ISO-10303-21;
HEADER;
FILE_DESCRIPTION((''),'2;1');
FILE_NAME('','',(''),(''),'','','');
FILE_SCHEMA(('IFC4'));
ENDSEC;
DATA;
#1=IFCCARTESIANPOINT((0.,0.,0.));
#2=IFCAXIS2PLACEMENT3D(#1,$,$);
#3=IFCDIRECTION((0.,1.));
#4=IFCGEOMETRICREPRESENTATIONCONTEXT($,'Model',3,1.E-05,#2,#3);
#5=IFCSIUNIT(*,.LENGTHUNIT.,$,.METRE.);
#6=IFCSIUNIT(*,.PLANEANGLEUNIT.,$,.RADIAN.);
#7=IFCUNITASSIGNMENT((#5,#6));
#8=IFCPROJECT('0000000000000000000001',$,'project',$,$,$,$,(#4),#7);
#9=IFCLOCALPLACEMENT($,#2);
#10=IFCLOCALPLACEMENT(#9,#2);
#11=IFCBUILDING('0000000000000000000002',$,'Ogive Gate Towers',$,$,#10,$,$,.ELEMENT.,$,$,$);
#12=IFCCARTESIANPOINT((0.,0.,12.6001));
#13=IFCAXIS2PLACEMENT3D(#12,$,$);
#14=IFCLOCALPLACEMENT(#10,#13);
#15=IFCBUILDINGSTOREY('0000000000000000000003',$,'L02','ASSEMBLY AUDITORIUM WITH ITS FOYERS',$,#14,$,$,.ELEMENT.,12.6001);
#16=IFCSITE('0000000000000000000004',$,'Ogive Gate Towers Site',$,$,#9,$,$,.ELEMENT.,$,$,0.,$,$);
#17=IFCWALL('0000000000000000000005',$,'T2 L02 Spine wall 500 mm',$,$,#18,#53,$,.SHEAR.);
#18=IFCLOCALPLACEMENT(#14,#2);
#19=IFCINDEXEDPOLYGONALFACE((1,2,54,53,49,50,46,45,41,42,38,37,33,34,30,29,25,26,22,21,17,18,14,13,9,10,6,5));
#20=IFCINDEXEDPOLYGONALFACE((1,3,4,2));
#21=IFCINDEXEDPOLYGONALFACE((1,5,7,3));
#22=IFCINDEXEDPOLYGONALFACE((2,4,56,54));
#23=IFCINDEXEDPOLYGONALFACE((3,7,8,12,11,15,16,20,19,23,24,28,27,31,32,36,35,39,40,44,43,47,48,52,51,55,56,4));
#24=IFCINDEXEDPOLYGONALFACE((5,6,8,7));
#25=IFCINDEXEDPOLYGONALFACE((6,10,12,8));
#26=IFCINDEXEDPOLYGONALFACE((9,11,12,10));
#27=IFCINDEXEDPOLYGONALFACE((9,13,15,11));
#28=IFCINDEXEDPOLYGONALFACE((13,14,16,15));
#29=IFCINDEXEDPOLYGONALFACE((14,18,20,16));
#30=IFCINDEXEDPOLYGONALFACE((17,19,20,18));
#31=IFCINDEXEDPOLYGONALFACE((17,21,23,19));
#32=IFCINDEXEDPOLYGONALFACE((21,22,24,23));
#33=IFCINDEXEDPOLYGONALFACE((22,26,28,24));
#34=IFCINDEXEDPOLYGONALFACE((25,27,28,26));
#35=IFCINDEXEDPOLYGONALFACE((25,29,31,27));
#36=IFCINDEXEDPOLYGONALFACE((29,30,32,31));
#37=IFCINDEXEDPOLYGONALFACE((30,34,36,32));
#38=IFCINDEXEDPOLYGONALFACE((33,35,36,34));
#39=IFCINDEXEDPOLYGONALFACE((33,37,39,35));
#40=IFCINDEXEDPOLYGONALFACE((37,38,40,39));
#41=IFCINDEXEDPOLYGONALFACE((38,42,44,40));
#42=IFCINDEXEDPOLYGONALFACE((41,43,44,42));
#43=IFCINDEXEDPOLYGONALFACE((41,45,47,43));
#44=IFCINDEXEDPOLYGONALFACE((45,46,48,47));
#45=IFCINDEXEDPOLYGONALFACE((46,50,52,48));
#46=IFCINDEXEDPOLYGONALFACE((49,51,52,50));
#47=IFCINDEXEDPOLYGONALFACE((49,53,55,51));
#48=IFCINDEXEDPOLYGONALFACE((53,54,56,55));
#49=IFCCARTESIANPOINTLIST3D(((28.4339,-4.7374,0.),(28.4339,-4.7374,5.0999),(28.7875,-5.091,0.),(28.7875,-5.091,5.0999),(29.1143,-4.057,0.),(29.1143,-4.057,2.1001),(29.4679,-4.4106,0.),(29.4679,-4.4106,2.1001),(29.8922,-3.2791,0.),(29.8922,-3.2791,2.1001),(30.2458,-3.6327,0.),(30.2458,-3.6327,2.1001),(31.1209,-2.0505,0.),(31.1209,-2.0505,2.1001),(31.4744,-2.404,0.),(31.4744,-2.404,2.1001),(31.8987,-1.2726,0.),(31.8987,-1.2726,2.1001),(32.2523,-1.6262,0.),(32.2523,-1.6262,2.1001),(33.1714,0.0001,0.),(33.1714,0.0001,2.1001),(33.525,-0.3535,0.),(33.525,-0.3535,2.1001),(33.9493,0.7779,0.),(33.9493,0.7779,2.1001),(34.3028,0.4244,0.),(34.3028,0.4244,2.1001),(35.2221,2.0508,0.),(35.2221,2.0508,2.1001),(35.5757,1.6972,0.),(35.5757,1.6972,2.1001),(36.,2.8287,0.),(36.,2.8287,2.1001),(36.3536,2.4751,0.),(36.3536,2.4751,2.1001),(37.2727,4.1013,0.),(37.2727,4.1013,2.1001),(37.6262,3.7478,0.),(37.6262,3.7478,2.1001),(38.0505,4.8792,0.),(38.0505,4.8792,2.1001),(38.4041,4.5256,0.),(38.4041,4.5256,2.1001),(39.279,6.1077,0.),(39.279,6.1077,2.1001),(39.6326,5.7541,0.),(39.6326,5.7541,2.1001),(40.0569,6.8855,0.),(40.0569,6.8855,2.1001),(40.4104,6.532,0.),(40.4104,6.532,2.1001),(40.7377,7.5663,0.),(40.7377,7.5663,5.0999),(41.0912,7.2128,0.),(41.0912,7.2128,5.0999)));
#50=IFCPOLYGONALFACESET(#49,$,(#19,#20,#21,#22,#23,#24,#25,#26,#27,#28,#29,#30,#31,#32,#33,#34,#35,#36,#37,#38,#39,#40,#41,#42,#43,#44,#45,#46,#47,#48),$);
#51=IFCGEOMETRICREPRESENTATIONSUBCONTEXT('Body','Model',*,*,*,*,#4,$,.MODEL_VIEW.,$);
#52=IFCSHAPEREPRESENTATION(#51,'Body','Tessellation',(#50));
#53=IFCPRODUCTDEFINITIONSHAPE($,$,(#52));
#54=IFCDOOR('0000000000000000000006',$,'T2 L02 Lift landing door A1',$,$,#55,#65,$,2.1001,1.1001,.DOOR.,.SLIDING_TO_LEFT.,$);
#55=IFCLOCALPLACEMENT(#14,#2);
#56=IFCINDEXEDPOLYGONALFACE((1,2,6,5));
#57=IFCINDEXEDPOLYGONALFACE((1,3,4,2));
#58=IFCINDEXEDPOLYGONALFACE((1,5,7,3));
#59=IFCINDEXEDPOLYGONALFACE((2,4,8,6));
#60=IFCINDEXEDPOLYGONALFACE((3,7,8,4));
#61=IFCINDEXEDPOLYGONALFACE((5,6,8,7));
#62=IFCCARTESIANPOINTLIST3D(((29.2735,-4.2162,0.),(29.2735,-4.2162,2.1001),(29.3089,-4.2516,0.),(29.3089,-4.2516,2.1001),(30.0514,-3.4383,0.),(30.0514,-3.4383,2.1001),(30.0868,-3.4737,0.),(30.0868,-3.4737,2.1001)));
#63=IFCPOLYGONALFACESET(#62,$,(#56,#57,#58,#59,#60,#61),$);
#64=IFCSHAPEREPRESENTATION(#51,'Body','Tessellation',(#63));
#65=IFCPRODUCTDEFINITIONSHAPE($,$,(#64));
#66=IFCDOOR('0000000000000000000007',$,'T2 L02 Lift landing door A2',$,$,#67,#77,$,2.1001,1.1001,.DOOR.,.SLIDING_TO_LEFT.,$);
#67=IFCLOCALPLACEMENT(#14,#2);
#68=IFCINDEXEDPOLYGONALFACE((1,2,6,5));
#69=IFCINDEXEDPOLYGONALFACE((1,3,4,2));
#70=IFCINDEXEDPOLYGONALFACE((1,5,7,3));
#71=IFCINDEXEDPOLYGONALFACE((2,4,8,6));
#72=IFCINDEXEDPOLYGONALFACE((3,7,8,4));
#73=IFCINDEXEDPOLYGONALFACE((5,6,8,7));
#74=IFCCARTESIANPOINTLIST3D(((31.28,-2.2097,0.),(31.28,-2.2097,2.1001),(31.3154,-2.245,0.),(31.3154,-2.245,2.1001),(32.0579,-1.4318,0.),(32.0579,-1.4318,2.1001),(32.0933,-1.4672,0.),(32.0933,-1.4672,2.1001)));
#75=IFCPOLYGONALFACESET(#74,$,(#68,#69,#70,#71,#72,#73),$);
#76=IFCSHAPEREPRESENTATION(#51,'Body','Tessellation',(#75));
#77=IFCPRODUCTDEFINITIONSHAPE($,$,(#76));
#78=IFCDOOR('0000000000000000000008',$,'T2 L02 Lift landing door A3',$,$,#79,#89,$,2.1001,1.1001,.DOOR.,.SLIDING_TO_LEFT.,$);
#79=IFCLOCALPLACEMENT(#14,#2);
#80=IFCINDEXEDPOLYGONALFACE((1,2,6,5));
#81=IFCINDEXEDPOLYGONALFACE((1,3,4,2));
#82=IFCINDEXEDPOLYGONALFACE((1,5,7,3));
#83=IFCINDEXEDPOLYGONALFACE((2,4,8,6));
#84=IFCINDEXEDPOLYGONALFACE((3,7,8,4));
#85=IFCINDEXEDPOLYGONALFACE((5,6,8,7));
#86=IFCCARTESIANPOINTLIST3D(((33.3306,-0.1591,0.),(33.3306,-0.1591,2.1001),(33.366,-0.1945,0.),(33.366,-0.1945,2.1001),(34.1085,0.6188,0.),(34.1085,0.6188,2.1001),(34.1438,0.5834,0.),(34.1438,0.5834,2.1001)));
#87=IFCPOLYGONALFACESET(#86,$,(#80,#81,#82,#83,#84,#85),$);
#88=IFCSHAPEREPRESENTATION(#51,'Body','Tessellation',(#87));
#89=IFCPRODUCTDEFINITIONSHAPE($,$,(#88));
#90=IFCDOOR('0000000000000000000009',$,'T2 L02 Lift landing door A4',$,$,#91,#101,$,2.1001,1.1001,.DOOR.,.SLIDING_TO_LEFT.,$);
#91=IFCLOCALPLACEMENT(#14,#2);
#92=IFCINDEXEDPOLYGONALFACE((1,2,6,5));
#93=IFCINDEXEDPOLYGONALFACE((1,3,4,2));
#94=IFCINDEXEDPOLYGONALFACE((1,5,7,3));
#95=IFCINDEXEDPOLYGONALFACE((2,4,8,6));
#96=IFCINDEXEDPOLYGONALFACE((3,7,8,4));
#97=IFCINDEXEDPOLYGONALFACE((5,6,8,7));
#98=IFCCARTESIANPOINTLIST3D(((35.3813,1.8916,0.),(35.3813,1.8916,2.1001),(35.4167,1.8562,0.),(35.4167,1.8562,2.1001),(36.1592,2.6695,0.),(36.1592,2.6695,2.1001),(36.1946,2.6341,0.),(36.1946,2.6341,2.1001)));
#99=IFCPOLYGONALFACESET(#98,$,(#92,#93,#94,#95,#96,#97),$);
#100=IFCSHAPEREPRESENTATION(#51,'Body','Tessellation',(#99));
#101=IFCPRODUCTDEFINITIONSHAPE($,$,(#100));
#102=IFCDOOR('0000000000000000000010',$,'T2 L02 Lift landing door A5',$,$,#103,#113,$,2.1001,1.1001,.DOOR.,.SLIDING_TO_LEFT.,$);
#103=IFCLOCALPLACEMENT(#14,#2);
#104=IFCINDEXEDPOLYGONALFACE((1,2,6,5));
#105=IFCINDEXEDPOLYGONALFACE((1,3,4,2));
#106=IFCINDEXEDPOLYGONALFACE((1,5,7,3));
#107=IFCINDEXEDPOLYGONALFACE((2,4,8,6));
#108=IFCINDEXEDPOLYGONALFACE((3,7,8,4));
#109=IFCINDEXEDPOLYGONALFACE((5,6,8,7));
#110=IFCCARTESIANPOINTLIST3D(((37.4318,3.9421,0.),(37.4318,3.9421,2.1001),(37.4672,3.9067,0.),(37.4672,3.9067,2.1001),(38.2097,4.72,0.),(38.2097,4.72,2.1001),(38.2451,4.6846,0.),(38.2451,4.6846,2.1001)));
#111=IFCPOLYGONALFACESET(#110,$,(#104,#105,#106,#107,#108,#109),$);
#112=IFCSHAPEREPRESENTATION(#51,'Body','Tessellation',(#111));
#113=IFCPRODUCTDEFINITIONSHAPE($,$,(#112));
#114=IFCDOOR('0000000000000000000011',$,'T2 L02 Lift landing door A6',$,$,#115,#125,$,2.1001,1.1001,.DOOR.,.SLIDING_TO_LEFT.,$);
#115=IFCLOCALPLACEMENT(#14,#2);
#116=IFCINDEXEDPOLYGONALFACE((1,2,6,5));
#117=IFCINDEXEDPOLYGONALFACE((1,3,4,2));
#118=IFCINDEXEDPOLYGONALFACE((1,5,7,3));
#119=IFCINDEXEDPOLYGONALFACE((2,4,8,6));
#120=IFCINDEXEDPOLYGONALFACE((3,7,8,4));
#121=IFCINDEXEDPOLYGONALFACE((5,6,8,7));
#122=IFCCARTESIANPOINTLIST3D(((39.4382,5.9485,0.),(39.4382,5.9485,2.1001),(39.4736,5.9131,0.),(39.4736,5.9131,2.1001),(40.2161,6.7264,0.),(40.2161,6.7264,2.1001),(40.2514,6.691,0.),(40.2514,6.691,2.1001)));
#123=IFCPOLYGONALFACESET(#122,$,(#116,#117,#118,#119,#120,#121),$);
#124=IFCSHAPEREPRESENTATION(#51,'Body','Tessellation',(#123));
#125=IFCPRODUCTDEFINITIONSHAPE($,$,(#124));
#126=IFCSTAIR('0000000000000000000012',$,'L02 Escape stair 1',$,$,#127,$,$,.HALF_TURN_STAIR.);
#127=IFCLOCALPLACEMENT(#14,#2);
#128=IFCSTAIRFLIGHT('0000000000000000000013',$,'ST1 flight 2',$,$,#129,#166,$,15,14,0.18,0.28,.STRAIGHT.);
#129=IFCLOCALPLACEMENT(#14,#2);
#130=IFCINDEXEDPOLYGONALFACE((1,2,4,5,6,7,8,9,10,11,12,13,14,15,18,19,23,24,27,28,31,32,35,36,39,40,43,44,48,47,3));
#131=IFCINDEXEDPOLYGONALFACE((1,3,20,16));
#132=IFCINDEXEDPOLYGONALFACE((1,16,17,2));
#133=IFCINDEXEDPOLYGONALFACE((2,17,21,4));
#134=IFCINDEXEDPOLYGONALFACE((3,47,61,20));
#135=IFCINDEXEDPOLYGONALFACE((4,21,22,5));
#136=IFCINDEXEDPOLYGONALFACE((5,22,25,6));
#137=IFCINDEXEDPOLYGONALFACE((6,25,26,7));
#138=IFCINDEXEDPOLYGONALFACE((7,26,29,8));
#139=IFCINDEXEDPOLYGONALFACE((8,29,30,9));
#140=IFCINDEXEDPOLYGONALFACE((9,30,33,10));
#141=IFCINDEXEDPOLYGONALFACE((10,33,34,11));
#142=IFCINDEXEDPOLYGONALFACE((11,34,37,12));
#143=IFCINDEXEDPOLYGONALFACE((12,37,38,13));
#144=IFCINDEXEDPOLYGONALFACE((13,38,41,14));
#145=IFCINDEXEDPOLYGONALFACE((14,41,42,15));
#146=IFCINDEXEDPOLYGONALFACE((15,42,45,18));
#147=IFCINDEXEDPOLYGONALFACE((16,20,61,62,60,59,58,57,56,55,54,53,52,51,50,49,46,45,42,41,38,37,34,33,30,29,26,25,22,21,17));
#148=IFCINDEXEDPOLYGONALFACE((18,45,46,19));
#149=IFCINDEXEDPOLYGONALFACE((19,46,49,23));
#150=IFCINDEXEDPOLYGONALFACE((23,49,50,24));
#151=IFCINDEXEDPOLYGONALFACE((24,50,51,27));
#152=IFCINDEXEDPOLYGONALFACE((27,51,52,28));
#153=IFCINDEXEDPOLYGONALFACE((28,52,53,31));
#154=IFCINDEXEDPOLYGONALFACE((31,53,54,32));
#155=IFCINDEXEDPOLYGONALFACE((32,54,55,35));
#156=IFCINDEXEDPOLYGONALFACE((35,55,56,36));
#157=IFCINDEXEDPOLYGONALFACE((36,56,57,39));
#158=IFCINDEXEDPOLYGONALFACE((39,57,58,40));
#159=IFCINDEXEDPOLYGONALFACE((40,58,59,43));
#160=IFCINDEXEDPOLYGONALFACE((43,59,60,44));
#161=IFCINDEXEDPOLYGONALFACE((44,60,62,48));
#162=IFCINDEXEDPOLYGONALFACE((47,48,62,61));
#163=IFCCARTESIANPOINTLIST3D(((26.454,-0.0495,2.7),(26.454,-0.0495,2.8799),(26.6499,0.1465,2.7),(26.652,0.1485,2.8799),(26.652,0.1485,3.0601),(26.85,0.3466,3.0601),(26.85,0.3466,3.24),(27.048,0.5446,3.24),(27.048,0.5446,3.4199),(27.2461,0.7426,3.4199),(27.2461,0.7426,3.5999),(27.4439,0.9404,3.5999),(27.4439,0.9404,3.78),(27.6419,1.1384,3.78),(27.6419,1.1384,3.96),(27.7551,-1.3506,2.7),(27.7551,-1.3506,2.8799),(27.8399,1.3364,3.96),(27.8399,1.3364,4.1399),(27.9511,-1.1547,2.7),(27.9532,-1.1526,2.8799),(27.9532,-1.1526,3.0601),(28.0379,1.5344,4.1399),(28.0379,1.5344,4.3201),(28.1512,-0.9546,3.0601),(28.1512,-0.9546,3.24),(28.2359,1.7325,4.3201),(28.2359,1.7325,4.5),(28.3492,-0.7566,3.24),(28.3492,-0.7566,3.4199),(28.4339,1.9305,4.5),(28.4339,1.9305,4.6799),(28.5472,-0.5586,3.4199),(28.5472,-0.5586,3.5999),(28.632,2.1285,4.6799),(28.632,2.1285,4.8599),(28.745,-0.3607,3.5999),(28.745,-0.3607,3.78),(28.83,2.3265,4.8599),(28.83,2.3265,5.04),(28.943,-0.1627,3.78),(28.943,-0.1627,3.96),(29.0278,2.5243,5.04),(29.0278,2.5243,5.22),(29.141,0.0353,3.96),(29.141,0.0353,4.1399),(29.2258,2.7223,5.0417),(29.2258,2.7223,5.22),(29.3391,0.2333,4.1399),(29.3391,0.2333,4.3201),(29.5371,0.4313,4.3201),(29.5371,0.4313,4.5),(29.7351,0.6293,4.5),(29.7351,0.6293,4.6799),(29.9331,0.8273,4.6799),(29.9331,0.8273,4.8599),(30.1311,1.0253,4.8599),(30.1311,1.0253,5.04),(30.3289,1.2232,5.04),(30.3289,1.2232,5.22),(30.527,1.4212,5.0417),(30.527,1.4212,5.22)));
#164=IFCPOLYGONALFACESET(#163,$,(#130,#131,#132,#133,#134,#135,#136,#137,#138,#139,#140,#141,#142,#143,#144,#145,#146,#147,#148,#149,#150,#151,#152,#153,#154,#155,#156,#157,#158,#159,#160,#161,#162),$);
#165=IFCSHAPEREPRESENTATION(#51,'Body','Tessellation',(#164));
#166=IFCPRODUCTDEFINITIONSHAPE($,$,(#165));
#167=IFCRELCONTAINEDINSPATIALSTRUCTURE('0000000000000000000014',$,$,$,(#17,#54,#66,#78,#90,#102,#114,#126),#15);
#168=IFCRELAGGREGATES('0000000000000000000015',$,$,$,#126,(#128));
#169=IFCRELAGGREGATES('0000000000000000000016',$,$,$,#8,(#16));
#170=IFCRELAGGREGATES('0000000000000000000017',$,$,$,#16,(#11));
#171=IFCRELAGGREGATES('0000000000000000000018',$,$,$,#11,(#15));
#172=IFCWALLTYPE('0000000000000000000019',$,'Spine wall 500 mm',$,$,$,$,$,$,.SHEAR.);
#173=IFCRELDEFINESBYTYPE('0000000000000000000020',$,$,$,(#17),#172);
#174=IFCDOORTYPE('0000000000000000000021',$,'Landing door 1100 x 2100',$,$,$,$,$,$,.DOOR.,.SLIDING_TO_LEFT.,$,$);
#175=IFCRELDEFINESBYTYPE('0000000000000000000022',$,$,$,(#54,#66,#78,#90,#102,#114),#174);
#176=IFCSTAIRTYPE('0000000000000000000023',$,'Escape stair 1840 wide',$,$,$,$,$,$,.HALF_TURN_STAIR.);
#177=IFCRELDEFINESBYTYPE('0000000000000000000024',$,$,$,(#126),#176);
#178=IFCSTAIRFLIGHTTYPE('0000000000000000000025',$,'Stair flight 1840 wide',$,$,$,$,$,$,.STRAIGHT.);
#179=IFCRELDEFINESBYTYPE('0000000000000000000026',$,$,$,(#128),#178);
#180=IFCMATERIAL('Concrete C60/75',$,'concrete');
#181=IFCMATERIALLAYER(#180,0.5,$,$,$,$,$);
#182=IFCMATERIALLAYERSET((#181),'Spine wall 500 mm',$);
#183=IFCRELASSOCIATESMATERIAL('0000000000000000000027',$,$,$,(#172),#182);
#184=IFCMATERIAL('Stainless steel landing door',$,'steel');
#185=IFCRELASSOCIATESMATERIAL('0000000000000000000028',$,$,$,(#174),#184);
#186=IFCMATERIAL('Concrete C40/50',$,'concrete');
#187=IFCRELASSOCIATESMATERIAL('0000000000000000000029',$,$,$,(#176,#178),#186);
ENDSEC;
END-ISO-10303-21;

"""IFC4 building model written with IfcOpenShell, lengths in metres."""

from ifc_helpers import new_model, si_unit, direction, frame, frame_2d, origin, place, context, subcontext, project, spatial, polyline, rectangle, outline, extrude, material, layer, layer_set, type_object, element, fill, aggregate, save


model = new_model("IFC4")

# Units and contexts
model_context = context("Model", 3, precision=1e-05, world=origin(), true_north=direction((0.0, 1.0)))
body_context = subcontext(model_context, "Body", "Model", "MODEL_VIEW")
ifc_project = project(units=[si_unit("LENGTHUNIT", "METRE"), si_unit("PLANEANGLEUNIT", "RADIAN")], contexts=[model_context])

# Site, building, storey
site_placement = place(None, origin())
site = spatial("IfcSite", under=ifc_project, at=site_placement, Name="Ogive Gate Towers Site", CompositionType="ELEMENT", RefElevation=0.0)
building_placement = place(site_placement, origin())
building = spatial("IfcBuilding", under=site, at=building_placement, Name="Ogive Gate Towers", CompositionType="ELEMENT")
storey_placement = place(building_placement, frame((0.0, 0.0, 12.6001)))
storey = spatial("IfcBuildingStorey", under=building, at=storey_placement, Name="L02", Description="ASSEMBLY AUDITORIUM WITH ITS FOYERS", CompositionType="ELEMENT", Elevation=12.6001)

# Shared definitions
ifc_material_1 = material(Name="Concrete C60/75", Category="concrete")

# Wall, openings, doors
ifc_layer_1 = layer(ifc_material_1, 0.5)
ifc_layer_set_1 = layer_set([ifc_layer_1], Name="Spine wall 500 mm")
wall_type_1 = type_object("IfcWallType", Name="Spine wall 500 mm", PredefinedType="SHEAR", material=ifc_layer_set_1)
ifc_material_2 = material(Name="Stainless steel landing door", Category="steel")
wall_1_placement = place(storey_placement, frame((28.6106, -4.9143, 0.0), z_axis=(0.0, 0.0, 1.0), x_axis=(0.707107, 0.707107, 0.0)))
wall_1 = element("IfcWall", 1, at=wall_1_placement, inside=storey, type_object=wall_type_1, Name="T2 L02 Spine wall 500 mm", PredefinedType="SHEAR", context=body_context, shape_type="SweptSolid", body=[
    extrude(rectangle(XDim=17.4001, YDim=0.5, at=frame_2d((8.7002, 0.0))), origin(), (0.0, 0.0, 1.0), 5.0999),
])
opening_1_placement = place(wall_1_placement, frame((0.9624, 0.0, 0.0)))
opening_1 = element("IfcOpeningElement", 2, at=opening_1_placement, cuts=wall_1, PredefinedType="OPENING", context=body_context, shape_type="SweptSolid", body=[
    extrude(rectangle(XDim=1.1001, YDim=2.1001, at=frame_2d((0.55, 1.05))), frame((0.0, 0.26, 0.0), z_axis=(0.0, -1.0, 0.0), x_axis=(1.0, 0.0, 0.0)), (0.0, 0.0, 1.0), 0.52),
])
opening_2_placement = place(wall_1_placement, frame((3.8, 0.0, 0.0)))
opening_2 = element("IfcOpeningElement", 3, at=opening_2_placement, cuts=wall_1, PredefinedType="OPENING", context=body_context, shape_type="SweptSolid", body=[
    extrude(rectangle(XDim=1.1001, YDim=2.1001, at=frame_2d((0.55, 1.05))), frame((0.0, 0.26, 0.0), z_axis=(0.0, -1.0, 0.0), x_axis=(1.0, 0.0, 0.0)), (0.0, 0.0, 1.0), 0.52),
])
opening_3_placement = place(wall_1_placement, frame((6.7, 0.0, 0.0)))
opening_3 = element("IfcOpeningElement", 4, at=opening_3_placement, cuts=wall_1, PredefinedType="OPENING", context=body_context, shape_type="SweptSolid", body=[
    extrude(rectangle(XDim=1.1001, YDim=2.1001, at=frame_2d((0.55, 1.05))), frame((0.0, 0.26, 0.0), z_axis=(0.0, -1.0, 0.0), x_axis=(1.0, 0.0, 0.0)), (0.0, 0.0, 1.0), 0.52),
])
opening_4_placement = place(wall_1_placement, frame((9.6001, 0.0, 0.0)))
opening_4 = element("IfcOpeningElement", 5, at=opening_4_placement, cuts=wall_1, PredefinedType="OPENING", context=body_context, shape_type="SweptSolid", body=[
    extrude(rectangle(XDim=1.1001, YDim=2.1001, at=frame_2d((0.55, 1.05))), frame((0.0, 0.26, 0.0), z_axis=(0.0, -1.0, 0.0), x_axis=(1.0, 0.0, 0.0)), (0.0, 0.0, 1.0), 0.52),
])
opening_5_placement = place(wall_1_placement, frame((12.5, 0.0, 0.0)))
opening_5 = element("IfcOpeningElement", 6, at=opening_5_placement, cuts=wall_1, PredefinedType="OPENING", context=body_context, shape_type="SweptSolid", body=[
    extrude(rectangle(XDim=1.1001, YDim=2.1001, at=frame_2d((0.55, 1.05))), frame((0.0, 0.26, 0.0), z_axis=(0.0, -1.0, 0.0), x_axis=(1.0, 0.0, 0.0)), (0.0, 0.0, 1.0), 0.52),
])
opening_6_placement = place(wall_1_placement, frame((15.3374, 0.0, 0.0)))
opening_6 = element("IfcOpeningElement", 7, at=opening_6_placement, cuts=wall_1, PredefinedType="OPENING", context=body_context, shape_type="SweptSolid", body=[
    extrude(rectangle(XDim=1.1001, YDim=2.1001, at=frame_2d((0.55, 1.05))), frame((0.0, 0.26, 0.0), z_axis=(0.0, -1.0, 0.0), x_axis=(1.0, 0.0, 0.0)), (0.0, 0.0, 1.0), 0.52),
])
door_type_1 = type_object("IfcDoorType", Name="Landing door 1100 x 2100", OperationType="SLIDING_TO_LEFT", PredefinedType="DOOR", material=ifc_material_2)
door_1_placement = place(opening_1_placement, origin())
door_1 = element("IfcDoor", 8, at=door_1_placement, inside=storey, type_object=door_type_1, Name="T2 L02 Lift landing door A1", OperationType="SLIDING_TO_LEFT", OverallHeight=2.1001, OverallWidth=1.1001, PredefinedType="DOOR", context=body_context, shape_type="SweptSolid", body=[
    extrude(rectangle(XDim=1.1001, YDim=2.1001, at=frame_2d((0.55, 1.05))), frame((0.0, 0.0249, 0.0), z_axis=(0.0, -1.0, 0.0), x_axis=(1.0, 0.0, 0.0)), (0.0, 0.0, 1.0), 0.05),
])
fill(opening_1, door_1)
door_2_placement = place(opening_2_placement, origin())
door_2 = element("IfcDoor", 9, at=door_2_placement, inside=storey, type_object=door_type_1, Name="T2 L02 Lift landing door A2", OperationType="SLIDING_TO_LEFT", OverallHeight=2.1001, OverallWidth=1.1001, PredefinedType="DOOR", context=body_context, shape_type="SweptSolid", body=[
    extrude(rectangle(XDim=1.1001, YDim=2.1001, at=frame_2d((0.55, 1.05))), frame((0.0, 0.0249, 0.0), z_axis=(0.0, -1.0, 0.0), x_axis=(1.0, 0.0, 0.0)), (0.0, 0.0, 1.0), 0.05),
])
fill(opening_2, door_2)
door_3_placement = place(opening_3_placement, origin())
door_3 = element("IfcDoor", 10, at=door_3_placement, inside=storey, type_object=door_type_1, Name="T2 L02 Lift landing door A3", OperationType="SLIDING_TO_LEFT", OverallHeight=2.1001, OverallWidth=1.1001, PredefinedType="DOOR", context=body_context, shape_type="SweptSolid", body=[
    extrude(rectangle(XDim=1.1001, YDim=2.1001, at=frame_2d((0.55, 1.05))), frame((0.0, 0.0249, 0.0), z_axis=(0.0, -1.0, 0.0), x_axis=(1.0, 0.0, 0.0)), (0.0, 0.0, 1.0), 0.05),
])
fill(opening_3, door_3)
door_4_placement = place(opening_4_placement, origin())
door_4 = element("IfcDoor", 11, at=door_4_placement, inside=storey, type_object=door_type_1, Name="T2 L02 Lift landing door A4", OperationType="SLIDING_TO_LEFT", OverallHeight=2.1001, OverallWidth=1.1001, PredefinedType="DOOR", context=body_context, shape_type="SweptSolid", body=[
    extrude(rectangle(XDim=1.1001, YDim=2.1001, at=frame_2d((0.55, 1.05))), frame((0.0, 0.0249, 0.0), z_axis=(0.0, -1.0, 0.0), x_axis=(1.0, 0.0, 0.0)), (0.0, 0.0, 1.0), 0.05),
])
fill(opening_4, door_4)
door_5_placement = place(opening_5_placement, origin())
door_5 = element("IfcDoor", 12, at=door_5_placement, inside=storey, type_object=door_type_1, Name="T2 L02 Lift landing door A5", OperationType="SLIDING_TO_LEFT", OverallHeight=2.1001, OverallWidth=1.1001, PredefinedType="DOOR", context=body_context, shape_type="SweptSolid", body=[
    extrude(rectangle(XDim=1.1001, YDim=2.1001, at=frame_2d((0.55, 1.05))), frame((0.0, 0.0249, 0.0), z_axis=(0.0, -1.0, 0.0), x_axis=(1.0, 0.0, 0.0)), (0.0, 0.0, 1.0), 0.05),
])
fill(opening_5, door_5)
door_6_placement = place(opening_6_placement, origin())
door_6 = element("IfcDoor", 13, at=door_6_placement, inside=storey, type_object=door_type_1, Name="T2 L02 Lift landing door A6", OperationType="SLIDING_TO_LEFT", OverallHeight=2.1001, OverallWidth=1.1001, PredefinedType="DOOR", context=body_context, shape_type="SweptSolid", body=[
    extrude(rectangle(XDim=1.1001, YDim=2.1001, at=frame_2d((0.55, 1.05))), frame((0.0, 0.0249, 0.0), z_axis=(0.0, -1.0, 0.0), x_axis=(1.0, 0.0, 0.0)), (0.0, 0.0, 1.0), 0.05),
])
fill(opening_6, door_6)

# Stair, stair flight
ifc_material_3 = material(Name="Concrete C40/50", Category="concrete")
stair_type = type_object("IfcStairType", Name="Escape stair 1840 wide", PredefinedType="HALF_TURN_STAIR", material=ifc_material_3)
stair_placement = place(storey_placement, origin())
stair = element("IfcStair", 14, at=stair_placement, inside=storey, type_object=stair_type, Name="L02 Escape stair 1", PredefinedType="HALF_TURN_STAIR")
stair_flight_type = type_object("IfcStairFlightType", Name="Stair flight 1840 wide", PredefinedType="STRAIGHT", material=ifc_material_3)
stair_flight_placement = place(storey_placement, frame((27.1045, -0.7, 2.7), z_axis=(0.0, 0.0, 1.0), x_axis=(0.707107, 0.707107, 0.0)))
stair_flight = element("IfcStairFlight", 15, at=stair_flight_placement, type_object=stair_flight_type, Name="ST1 flight 2", NumberOfRisers=15, NumberOfTreads=14, PredefinedType="STRAIGHT", RiserHeight=0.18, TreadLength=0.28, context=body_context, shape_type="SweptSolid", body=[
    extrude(outline(polyline([(0.0, 0.0), (0.0, 0.1799), (0.28, 0.1799), (0.28, 0.3601), (0.5601, 0.3601), (0.5601, 0.54), (0.8401, 0.54), (0.8401, 0.72), (1.1201, 0.72), (1.1201, 0.8999), (1.3999, 0.8999), (1.3999, 1.0801), (1.6799, 1.0801), (1.6799, 1.26), (1.96, 1.26), (1.96, 1.4399), (2.24, 1.4399), (2.24, 1.6201), (2.52, 1.6201), (2.52, 1.8), (2.8, 1.8), (2.8, 1.98), (3.0801, 1.98), (3.0801, 2.1599), (3.3601, 2.1599), (3.3601, 2.3401), (3.6399, 2.3401), (3.6399, 2.52), (3.9199, 2.52), (3.9199, 2.7), (3.9199, 2.3418), (0.2771, 0.0), (0.0, 0.0)])), frame((0.0, 0.9199, 0.0), z_axis=(0.0, -1.0, 0.0), x_axis=(1.0, 0.0, 0.0)), (0.0, 0.0, 1.0), 1.8401),
])
aggregate(stair, [stair_flight])

save(model, "model.ifc")
